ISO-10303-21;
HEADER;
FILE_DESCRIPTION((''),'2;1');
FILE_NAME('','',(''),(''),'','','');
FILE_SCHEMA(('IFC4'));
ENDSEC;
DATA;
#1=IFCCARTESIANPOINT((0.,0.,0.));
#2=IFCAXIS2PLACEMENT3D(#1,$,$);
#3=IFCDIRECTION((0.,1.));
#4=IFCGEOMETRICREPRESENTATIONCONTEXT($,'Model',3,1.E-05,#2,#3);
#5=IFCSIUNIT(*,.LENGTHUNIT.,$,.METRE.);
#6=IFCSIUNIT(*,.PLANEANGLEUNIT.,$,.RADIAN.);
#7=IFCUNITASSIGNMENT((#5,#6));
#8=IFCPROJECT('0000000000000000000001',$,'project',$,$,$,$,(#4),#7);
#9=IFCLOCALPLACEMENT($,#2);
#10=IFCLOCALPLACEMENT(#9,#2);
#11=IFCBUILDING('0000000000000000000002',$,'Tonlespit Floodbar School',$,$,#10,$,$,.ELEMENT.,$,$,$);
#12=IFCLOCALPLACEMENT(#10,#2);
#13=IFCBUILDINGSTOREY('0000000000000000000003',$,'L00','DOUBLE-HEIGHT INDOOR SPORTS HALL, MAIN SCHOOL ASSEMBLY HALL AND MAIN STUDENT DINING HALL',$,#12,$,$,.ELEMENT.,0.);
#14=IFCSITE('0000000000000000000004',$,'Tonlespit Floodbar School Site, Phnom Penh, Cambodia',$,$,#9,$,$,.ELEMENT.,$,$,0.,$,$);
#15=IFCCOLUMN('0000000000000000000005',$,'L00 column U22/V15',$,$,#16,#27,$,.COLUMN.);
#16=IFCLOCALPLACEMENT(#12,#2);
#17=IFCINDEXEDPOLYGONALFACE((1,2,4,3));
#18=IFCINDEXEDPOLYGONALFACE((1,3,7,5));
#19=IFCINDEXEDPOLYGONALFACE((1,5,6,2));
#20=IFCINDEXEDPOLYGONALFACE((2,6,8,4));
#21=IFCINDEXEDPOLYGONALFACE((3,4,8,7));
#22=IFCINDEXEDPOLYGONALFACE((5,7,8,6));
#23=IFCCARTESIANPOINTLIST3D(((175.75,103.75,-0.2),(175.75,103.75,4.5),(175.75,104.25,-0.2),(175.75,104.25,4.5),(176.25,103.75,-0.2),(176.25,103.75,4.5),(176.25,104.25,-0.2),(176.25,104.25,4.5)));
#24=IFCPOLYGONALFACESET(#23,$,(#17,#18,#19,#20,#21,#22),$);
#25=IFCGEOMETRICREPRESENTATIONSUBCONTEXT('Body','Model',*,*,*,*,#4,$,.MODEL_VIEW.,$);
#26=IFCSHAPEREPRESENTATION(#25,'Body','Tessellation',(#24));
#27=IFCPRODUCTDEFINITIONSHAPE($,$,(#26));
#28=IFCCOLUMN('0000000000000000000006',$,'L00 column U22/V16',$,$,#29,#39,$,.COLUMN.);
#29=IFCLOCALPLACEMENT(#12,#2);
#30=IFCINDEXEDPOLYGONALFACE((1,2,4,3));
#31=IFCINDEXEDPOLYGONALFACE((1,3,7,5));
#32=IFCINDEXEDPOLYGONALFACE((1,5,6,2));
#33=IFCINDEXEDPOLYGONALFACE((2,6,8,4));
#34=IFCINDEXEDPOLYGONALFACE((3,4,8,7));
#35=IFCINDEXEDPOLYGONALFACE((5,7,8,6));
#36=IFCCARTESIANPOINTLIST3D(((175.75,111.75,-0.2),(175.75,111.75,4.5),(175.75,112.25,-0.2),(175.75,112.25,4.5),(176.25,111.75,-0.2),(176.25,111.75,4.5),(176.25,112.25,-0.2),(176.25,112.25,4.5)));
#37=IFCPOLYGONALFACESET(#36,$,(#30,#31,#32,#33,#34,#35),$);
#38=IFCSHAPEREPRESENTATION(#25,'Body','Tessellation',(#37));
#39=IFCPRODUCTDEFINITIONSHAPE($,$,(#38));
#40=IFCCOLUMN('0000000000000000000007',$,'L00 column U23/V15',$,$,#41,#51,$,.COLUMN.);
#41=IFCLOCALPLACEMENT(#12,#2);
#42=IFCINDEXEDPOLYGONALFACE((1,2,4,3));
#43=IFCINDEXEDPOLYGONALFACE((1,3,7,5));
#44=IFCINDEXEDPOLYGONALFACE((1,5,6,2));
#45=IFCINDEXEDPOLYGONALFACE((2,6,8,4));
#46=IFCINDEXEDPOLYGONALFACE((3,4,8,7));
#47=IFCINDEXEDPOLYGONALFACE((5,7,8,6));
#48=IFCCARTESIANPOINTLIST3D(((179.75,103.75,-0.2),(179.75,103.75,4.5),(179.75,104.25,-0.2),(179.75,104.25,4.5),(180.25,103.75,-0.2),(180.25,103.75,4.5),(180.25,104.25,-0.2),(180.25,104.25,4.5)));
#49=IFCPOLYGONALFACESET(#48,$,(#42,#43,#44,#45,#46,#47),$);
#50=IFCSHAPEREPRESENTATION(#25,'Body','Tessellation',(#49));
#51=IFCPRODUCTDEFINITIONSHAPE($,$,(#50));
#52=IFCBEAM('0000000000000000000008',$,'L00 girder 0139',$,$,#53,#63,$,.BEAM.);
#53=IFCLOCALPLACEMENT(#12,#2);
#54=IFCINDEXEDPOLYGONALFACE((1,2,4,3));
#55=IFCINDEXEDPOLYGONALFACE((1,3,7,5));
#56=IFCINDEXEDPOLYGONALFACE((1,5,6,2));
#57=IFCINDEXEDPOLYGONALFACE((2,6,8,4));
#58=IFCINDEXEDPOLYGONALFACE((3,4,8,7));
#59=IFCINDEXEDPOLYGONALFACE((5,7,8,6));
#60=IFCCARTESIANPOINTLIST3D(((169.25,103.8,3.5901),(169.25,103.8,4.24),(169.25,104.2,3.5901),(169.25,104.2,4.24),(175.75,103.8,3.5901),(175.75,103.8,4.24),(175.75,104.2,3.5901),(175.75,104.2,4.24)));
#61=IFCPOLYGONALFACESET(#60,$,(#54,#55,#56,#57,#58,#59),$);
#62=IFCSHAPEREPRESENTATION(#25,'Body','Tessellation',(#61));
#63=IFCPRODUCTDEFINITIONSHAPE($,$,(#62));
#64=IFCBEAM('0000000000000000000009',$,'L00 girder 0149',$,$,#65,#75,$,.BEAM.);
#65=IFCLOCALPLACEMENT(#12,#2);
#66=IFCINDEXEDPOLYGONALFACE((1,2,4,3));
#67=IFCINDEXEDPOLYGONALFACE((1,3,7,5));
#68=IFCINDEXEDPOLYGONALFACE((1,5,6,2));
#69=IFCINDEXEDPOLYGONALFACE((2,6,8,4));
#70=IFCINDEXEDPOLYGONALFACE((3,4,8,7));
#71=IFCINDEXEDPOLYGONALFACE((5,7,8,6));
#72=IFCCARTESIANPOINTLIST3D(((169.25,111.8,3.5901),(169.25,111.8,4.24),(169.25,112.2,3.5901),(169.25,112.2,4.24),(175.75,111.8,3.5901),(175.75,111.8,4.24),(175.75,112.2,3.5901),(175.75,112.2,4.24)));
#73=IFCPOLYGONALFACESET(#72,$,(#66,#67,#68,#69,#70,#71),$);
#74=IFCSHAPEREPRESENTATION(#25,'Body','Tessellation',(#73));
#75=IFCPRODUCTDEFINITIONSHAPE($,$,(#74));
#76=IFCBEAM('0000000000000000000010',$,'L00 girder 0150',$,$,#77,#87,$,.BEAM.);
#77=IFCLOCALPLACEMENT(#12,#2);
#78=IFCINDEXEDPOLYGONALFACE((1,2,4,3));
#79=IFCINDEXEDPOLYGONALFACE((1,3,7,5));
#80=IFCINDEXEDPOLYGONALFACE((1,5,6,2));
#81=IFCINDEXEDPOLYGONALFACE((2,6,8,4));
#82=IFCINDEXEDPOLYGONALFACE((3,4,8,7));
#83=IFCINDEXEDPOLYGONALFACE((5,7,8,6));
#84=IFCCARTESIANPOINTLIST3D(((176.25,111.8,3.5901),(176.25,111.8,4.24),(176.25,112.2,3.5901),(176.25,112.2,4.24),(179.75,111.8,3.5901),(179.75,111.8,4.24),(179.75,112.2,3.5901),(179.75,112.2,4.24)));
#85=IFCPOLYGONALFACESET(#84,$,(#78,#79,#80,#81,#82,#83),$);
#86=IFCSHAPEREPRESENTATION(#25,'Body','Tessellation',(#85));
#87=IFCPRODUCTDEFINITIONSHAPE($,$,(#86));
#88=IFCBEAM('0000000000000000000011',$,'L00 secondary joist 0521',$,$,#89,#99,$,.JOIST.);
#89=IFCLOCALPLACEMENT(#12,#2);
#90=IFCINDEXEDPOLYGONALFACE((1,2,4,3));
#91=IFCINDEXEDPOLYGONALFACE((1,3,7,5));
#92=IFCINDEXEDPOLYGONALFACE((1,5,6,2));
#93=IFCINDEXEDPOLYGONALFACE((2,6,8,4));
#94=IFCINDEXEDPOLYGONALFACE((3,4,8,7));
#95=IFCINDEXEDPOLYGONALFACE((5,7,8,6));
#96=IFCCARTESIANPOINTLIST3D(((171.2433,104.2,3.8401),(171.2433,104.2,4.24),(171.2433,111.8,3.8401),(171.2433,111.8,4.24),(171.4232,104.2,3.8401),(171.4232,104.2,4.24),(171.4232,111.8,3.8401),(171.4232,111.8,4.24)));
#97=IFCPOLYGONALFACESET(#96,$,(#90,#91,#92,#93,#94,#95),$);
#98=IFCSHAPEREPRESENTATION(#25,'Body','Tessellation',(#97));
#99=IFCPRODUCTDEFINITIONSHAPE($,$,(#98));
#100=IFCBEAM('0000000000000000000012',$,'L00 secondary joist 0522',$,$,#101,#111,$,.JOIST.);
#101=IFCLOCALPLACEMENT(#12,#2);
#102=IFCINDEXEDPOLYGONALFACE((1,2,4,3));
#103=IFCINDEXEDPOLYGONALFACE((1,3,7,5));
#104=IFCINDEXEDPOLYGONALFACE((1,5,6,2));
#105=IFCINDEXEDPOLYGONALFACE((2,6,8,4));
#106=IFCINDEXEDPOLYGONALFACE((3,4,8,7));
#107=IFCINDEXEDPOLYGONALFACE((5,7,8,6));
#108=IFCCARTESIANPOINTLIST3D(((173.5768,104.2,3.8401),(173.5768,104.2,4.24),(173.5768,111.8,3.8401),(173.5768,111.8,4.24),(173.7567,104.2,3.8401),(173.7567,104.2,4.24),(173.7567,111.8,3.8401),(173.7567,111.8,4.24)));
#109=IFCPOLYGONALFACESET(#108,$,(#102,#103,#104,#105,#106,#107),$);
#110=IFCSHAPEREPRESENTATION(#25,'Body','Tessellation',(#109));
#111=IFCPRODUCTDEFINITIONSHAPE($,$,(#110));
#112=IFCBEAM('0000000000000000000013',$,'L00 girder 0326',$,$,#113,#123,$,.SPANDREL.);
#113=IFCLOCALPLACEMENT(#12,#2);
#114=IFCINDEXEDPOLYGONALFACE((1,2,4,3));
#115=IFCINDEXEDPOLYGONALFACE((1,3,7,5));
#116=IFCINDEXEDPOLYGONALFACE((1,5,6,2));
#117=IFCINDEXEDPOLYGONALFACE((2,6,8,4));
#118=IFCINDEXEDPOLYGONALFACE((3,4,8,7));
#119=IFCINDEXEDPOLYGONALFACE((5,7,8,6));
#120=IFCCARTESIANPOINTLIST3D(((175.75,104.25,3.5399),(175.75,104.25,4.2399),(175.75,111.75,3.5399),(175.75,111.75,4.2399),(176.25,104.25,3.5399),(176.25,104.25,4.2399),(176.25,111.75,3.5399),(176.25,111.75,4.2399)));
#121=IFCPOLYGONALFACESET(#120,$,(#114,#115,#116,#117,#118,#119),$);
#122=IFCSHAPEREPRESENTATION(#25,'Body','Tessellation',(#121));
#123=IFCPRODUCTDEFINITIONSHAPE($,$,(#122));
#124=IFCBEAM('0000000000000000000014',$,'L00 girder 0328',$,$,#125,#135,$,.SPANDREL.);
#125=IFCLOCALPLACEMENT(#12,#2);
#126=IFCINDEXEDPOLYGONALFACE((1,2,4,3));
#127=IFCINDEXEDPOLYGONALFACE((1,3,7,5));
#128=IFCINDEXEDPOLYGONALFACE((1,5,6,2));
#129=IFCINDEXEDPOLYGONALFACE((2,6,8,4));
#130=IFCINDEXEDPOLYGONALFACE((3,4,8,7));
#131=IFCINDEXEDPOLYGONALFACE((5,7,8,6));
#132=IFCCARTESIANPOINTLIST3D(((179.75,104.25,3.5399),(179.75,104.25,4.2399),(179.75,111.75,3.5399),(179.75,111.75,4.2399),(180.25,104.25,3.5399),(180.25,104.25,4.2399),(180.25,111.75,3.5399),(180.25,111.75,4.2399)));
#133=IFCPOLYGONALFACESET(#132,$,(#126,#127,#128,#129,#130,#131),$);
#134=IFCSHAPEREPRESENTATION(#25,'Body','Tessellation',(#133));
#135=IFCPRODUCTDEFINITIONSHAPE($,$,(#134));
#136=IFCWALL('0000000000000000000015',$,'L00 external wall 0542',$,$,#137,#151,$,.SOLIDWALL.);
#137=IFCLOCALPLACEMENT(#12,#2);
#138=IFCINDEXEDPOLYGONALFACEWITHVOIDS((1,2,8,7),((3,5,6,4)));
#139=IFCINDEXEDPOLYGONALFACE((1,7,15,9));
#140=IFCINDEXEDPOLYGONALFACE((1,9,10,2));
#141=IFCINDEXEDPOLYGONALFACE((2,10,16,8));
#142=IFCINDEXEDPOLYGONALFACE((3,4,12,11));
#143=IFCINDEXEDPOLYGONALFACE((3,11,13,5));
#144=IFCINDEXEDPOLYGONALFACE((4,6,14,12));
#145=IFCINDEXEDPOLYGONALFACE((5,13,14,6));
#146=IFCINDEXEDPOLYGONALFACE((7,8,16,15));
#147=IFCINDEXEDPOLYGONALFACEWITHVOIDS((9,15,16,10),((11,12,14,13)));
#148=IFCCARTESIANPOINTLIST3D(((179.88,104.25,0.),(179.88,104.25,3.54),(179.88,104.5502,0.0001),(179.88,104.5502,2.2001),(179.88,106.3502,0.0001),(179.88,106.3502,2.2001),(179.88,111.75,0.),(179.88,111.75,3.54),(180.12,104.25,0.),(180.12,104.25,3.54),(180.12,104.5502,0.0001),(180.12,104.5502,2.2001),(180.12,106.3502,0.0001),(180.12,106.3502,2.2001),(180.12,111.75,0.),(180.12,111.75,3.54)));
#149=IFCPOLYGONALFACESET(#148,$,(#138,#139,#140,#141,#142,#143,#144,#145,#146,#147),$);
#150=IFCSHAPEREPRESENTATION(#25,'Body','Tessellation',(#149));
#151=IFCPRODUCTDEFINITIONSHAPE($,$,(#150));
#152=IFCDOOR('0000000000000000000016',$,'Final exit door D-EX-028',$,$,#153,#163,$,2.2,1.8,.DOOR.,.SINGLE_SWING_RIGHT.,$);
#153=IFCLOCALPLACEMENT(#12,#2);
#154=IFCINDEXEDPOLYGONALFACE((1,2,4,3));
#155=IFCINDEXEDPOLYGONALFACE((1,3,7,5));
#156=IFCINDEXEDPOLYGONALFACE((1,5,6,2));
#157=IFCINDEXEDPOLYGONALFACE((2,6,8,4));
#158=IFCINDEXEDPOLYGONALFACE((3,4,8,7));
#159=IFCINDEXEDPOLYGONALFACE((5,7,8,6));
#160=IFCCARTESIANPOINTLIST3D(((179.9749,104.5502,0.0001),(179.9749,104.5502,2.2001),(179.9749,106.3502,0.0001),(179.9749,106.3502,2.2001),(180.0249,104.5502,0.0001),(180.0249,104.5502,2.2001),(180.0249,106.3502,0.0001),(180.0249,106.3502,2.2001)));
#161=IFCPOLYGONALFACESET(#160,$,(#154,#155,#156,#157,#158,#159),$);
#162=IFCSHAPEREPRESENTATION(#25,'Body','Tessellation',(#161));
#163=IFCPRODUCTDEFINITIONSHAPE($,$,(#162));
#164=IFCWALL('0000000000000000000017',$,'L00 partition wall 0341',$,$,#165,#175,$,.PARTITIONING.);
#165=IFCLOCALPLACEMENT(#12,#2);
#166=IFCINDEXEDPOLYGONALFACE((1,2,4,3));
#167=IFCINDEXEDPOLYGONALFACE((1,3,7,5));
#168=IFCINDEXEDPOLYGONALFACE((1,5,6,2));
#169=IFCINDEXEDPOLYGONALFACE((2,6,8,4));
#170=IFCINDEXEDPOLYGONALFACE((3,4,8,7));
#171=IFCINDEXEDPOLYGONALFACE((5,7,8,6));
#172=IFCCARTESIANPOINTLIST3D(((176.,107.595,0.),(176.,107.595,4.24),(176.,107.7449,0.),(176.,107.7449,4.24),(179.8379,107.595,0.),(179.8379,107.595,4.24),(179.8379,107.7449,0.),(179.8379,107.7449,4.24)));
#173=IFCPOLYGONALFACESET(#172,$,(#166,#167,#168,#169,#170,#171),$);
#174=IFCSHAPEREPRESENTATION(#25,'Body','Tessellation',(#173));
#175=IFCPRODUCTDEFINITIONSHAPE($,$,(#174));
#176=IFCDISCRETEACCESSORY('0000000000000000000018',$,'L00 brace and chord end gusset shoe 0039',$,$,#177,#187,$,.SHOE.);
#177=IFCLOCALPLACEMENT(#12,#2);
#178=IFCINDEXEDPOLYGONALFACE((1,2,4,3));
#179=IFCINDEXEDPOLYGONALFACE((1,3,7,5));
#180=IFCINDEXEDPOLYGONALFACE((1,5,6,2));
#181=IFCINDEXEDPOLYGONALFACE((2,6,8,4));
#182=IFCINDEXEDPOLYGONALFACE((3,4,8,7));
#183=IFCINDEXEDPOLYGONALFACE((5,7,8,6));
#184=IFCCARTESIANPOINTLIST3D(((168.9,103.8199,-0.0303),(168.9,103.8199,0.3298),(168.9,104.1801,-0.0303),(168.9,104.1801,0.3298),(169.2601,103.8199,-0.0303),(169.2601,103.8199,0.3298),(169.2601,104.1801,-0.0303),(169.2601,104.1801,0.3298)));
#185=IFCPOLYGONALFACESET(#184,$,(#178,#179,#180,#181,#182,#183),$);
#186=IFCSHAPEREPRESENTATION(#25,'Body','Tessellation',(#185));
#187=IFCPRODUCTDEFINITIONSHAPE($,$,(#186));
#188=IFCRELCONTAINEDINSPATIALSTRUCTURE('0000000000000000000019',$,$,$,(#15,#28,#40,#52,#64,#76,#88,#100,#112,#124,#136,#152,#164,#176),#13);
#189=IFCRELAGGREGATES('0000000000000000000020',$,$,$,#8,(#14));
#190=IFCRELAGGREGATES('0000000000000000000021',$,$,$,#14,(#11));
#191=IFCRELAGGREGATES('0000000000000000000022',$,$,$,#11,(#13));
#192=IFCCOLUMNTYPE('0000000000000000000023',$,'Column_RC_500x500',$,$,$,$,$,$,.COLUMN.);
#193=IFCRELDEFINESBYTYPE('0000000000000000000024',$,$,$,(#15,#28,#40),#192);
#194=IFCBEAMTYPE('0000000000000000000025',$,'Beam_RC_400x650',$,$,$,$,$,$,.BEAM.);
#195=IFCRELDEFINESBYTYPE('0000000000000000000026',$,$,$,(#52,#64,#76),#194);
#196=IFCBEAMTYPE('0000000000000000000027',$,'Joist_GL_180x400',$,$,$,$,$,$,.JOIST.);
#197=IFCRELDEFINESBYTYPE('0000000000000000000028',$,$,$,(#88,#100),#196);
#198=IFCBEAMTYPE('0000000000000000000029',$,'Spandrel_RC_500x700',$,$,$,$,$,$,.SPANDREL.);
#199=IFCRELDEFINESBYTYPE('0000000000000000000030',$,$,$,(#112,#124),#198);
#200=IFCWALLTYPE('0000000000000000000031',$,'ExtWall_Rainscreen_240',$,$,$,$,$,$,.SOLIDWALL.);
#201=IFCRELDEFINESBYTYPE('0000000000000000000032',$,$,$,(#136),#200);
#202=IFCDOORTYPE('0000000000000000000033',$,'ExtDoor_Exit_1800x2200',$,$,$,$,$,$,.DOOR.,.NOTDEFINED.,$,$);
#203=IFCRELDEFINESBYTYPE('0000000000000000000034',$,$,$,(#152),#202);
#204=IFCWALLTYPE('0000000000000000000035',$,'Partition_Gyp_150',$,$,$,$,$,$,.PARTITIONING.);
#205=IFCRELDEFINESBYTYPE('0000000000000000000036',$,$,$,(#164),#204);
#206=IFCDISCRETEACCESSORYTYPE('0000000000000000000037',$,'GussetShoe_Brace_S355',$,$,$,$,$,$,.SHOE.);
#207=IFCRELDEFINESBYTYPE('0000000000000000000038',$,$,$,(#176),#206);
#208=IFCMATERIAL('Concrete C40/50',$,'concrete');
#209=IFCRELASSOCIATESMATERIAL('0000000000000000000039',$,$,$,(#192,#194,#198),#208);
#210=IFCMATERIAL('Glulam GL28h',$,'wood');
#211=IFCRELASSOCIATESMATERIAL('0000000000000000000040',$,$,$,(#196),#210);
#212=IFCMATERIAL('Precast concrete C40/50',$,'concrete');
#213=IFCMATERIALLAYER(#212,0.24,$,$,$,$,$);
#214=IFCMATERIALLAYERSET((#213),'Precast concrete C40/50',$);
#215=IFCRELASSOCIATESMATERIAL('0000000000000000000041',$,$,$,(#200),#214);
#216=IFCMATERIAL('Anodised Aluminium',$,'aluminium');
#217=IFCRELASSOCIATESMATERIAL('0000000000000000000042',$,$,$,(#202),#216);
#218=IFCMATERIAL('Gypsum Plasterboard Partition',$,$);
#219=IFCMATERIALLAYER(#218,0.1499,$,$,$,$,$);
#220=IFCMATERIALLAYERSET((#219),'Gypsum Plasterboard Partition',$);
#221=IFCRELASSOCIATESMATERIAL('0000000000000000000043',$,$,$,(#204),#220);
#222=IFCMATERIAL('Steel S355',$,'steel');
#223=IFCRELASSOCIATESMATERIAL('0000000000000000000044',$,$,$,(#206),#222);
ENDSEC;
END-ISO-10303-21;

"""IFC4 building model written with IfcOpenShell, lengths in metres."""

from ifc_helpers import new_model, si_unit, direction, frame, frame_2d, origin, origin_2d, place, context, subcontext, project, spatial, rectangle, extrude, material, layer, layer_set, material_profile, profile_set, type_object, element, fill, save


model = new_model("IFC4")

# Units and contexts
model_context = context("Model", 3, precision=1e-05, world=origin(), true_north=direction((0.0, 1.0)))
body_context = subcontext(model_context, "Body", "Model", "MODEL_VIEW")
ifc_project = project(units=[si_unit("LENGTHUNIT", "METRE"), si_unit("PLANEANGLEUNIT", "RADIAN")], contexts=[model_context])

# Site, building, storey
site_placement = place(None, origin())
site = spatial("IfcSite", under=ifc_project, at=site_placement, Name="Tonlespit Floodbar School Site, Phnom Penh, Cambodia", CompositionType="ELEMENT", RefElevation=0.0)
building_placement = place(site_placement, origin())
building = spatial("IfcBuilding", under=site, at=building_placement, Name="Tonlespit Floodbar School", CompositionType="ELEMENT")
storey_placement = place(building_placement, origin())
storey = spatial("IfcBuildingStorey", under=building, at=storey_placement, Name="L00", Description="DOUBLE-HEIGHT INDOOR SPORTS HALL, MAIN SCHOOL ASSEMBLY HALL AND MAIN STUDENT DINING HALL", CompositionType="ELEMENT", Elevation=0.0)

# Shared definitions
ifc_material_1 = material(Name="Concrete C40/50", Category="concrete")

# Columns
ifc_material_profile_1 = material_profile(ifc_material_1, rectangle(XDim=0.5, YDim=0.5, at=origin_2d()), Name="RC 500x500")
ifc_profile_set_1 = profile_set([ifc_material_profile_1], Name="Concrete C40/50")
column_type_1 = type_object("IfcColumnType", Name="Column_RC_500x500", PredefinedType="COLUMN", material=ifc_profile_set_1)
for number, where, z_axis, x_axis, name in (
    (1, (176.0, 104.0, -0.2), (0.0, 0.0, 1.0), (1.0, 0.0, 0.0), "L00 column U22/V15"),
    (2, (176.0, 112.0, -0.2), (0.0, 0.0, 1.0), (1.0, 0.0, 0.0), "L00 column U22/V16"),
    (3, (180.0, 104.0, -0.2), (0.0, 0.0, 1.0), (1.0, 0.0, 0.0), "L00 column U23/V15"),
):
    element("IfcColumn", number, at=place(storey_placement, frame(where, z_axis=z_axis, x_axis=x_axis)), inside=storey, type_object=column_type_1, Name=name, PredefinedType="COLUMN", context=body_context, shape_type="SweptSolid", body=[
        extrude(rectangle(XDim=0.5, YDim=0.5, at=origin_2d()), origin(), (0.0, 0.0, 1.0), 4.7),
    ])

# Beams
ifc_material_profile_2 = material_profile(ifc_material_1, rectangle(XDim=0.3999, YDim=0.6499, at=origin_2d()), Name="RC 400x650")
ifc_profile_set_2 = profile_set([ifc_material_profile_2], Name="Concrete C40/50")
beam_type_1 = type_object("IfcBeamType", Name="Beam_RC_400x650", PredefinedType="BEAM", material=ifc_profile_set_2)
for number, where, z_axis, x_axis, name in (
    (4, (169.25, 104.0, 3.915), (1.0, 0.0, 0.0), (0.0, 1.0, 0.0), "L00 girder 0139"),
    (5, (169.25, 112.0, 3.915), (1.0, 0.0, 0.0), (0.0, 1.0, 0.0), "L00 girder 0149"),
):
    element("IfcBeam", number, at=place(storey_placement, frame(where, z_axis=z_axis, x_axis=x_axis)), inside=storey, type_object=beam_type_1, Name=name, PredefinedType="BEAM", context=body_context, shape_type="SweptSolid", body=[
        extrude(rectangle(XDim=0.3999, YDim=0.6499, at=origin_2d()), origin(), (0.0, 0.0, 1.0), 6.5),
    ])
beam_placement = place(storey_placement, frame((176.25, 112.0, 3.915), z_axis=(1.0, 0.0, 0.0), x_axis=(0.0, 1.0, 0.0)))
element("IfcBeam", 6, at=beam_placement, inside=storey, type_object=beam_type_1, Name="L00 girder 0150", PredefinedType="BEAM", context=body_context, shape_type="SweptSolid", body=[
    extrude(rectangle(XDim=0.3999, YDim=0.6499, at=origin_2d()), origin(), (0.0, 0.0, 1.0), 3.5),
])
ifc_material_2 = material(Name="Glulam GL28h", Category="wood")
ifc_material_profile_3 = material_profile(ifc_material_2, rectangle(XDim=0.1799, YDim=0.3999, at=origin_2d()), Name="GL 180x400")
ifc_profile_set_3 = profile_set([ifc_material_profile_3], Name="Glulam GL28h")
beam_type_2 = type_object("IfcBeamType", Name="Joist_GL_180x400", PredefinedType="JOIST", material=ifc_profile_set_3)
for number, where, z_axis, x_axis, name in (
    (7, (171.3333, 104.2, 4.04), (0.0, 1.0, 0.0), (-1.0, 0.0, 0.0), "L00 secondary joist 0521"),
    (8, (173.6667, 104.2, 4.04), (0.0, 1.0, 0.0), (-1.0, 0.0, 0.0), "L00 secondary joist 0522"),
):
    element("IfcBeam", number, at=place(storey_placement, frame(where, z_axis=z_axis, x_axis=x_axis)), inside=storey, type_object=beam_type_2, Name=name, PredefinedType="JOIST", context=body_context, shape_type="SweptSolid", body=[
        extrude(rectangle(XDim=0.1799, YDim=0.3999, at=origin_2d()), origin(), (0.0, 0.0, 1.0), 7.6001),
    ])
ifc_material_profile_4 = material_profile(ifc_material_1, rectangle(XDim=0.5, YDim=0.7, at=origin_2d()), Name="RC 500x700")
ifc_profile_set_4 = profile_set([ifc_material_profile_4], Name="Concrete C40/50")
beam_type_3 = type_object("IfcBeamType", Name="Spandrel_RC_500x700", PredefinedType="SPANDREL", material=ifc_profile_set_4)
for number, where, z_axis, x_axis, name in (
    (9, (176.0, 104.25, 3.8899), (0.0, 1.0, 0.0), (-1.0, 0.0, 0.0), "L00 girder 0326"),
    (10, (180.0, 104.25, 3.8899), (0.0, 1.0, 0.0), (-1.0, 0.0, 0.0), "L00 girder 0328"),
):
    element("IfcBeam", number, at=place(storey_placement, frame(where, z_axis=z_axis, x_axis=x_axis)), inside=storey, type_object=beam_type_3, Name=name, PredefinedType="SPANDREL", context=body_context, shape_type="SweptSolid", body=[
        extrude(rectangle(XDim=0.5, YDim=0.7, at=origin_2d()), origin(), (0.0, 0.0, 1.0), 7.5),
    ])

# Wall, opening, door
ifc_material_3 = material(Name="Precast concrete C40/50", Category="concrete")
ifc_layer_1 = layer(ifc_material_3, 0.24)
ifc_layer_set_1 = layer_set([ifc_layer_1], Name="Precast concrete C40/50")
wall_type_1 = type_object("IfcWallType", Name="ExtWall_Rainscreen_240", PredefinedType="SOLIDWALL", material=ifc_layer_set_1)
wall_1_placement = place(storey_placement, frame((180.0, 111.75, 0.0), z_axis=(0.0, 0.0, 1.0), x_axis=(0.0, -1.0, 0.0)))
wall_1 = element("IfcWall", 11, at=wall_1_placement, inside=storey, type_object=wall_type_1, Name="L00 external wall 0542", PredefinedType="SOLIDWALL", context=body_context, shape_type="SweptSolid", body=[
    extrude(rectangle(XDim=7.5, YDim=0.24, at=frame_2d((3.75, 0.0))), origin(), (0.0, 0.0, 1.0), 3.54),
])
opening_placement = place(wall_1_placement, frame((5.3999, 0.0, 0.0)))
opening = element("IfcOpeningElement", 12, at=opening_placement, cuts=wall_1, PredefinedType="OPENING", context=body_context, shape_type="SweptSolid", body=[
    extrude(rectangle(XDim=1.8, YDim=2.2, at=frame_2d((0.8999, 1.1001))), frame((0.0, 0.1299, 0.0), z_axis=(0.0, -1.0, 0.0), x_axis=(1.0, 0.0, 0.0)), (0.0, 0.0, 1.0), 0.26),
])
ifc_material_4 = material(Name="Anodised Aluminium", Category="aluminium")
door_type = type_object("IfcDoorType", Name="ExtDoor_Exit_1800x2200", OperationType="NOTDEFINED", PredefinedType="DOOR", material=ifc_material_4)
door_placement = place(opening_placement, origin())
door = element("IfcDoor", 13, at=door_placement, inside=storey, type_object=door_type, Name="Final exit door D-EX-028", OperationType="SINGLE_SWING_RIGHT", OverallHeight=2.2, OverallWidth=1.8, PredefinedType="DOOR", context=body_context, shape_type="SweptSolid", body=[
    extrude(rectangle(XDim=1.8, YDim=2.2, at=frame_2d((0.8999, 1.1001))), frame((0.0, 0.0249, 0.0), z_axis=(0.0, -1.0, 0.0), x_axis=(1.0, 0.0, 0.0)), (0.0, 0.0, 1.0), 0.05),
])
fill(opening, door)

# Wall
ifc_material_5 = material(Name="Gypsum Plasterboard Partition")
ifc_layer_2 = layer(ifc_material_5, 0.1499)
ifc_layer_set_2 = layer_set([ifc_layer_2], Name="Gypsum Plasterboard Partition")
wall_type_2 = type_object("IfcWallType", Name="Partition_Gyp_150", PredefinedType="PARTITIONING", material=ifc_layer_set_2)
wall_2_placement = place(storey_placement, frame((176.0, 107.6699, 0.0), z_axis=(0.0, 0.0, 1.0), x_axis=(1.0, 0.0, 0.0)))
element("IfcWall", 14, at=wall_2_placement, inside=storey, type_object=wall_type_2, Name="L00 partition wall 0341", PredefinedType="PARTITIONING", context=body_context, shape_type="SweptSolid", body=[
    extrude(rectangle(XDim=3.8379, YDim=0.1499, at=frame_2d((1.9189, 0.0))), origin(), (0.0, 0.0, 1.0), 4.24),
])

# Discrete accessory
ifc_material_6 = material(Name="Steel S355", Category="steel")
discrete_accessory_type = type_object("IfcDiscreteAccessoryType", Name="GussetShoe_Brace_S355", PredefinedType="SHOE", material=ifc_material_6)
for number, where, z_axis, x_axis, name in (
    (15, (169.0801, 104.0, -0.0303), (0.0, 0.0, 1.0), (1.0, 0.0, 0.0), "L00 brace and chord end gusset shoe 0039"),
):
    element("IfcDiscreteAccessory", number, at=place(storey_placement, frame(where, z_axis=z_axis, x_axis=x_axis)), inside=storey, type_object=discrete_accessory_type, Name=name, PredefinedType="SHOE", context=body_context, shape_type="SweptSolid", body=[
        extrude(rectangle(XDim=0.3601, YDim=0.3601, at=origin_2d()), origin(), (0.0, 0.0, 1.0), 0.3601),
    ])

save(model, "model.ifc")
